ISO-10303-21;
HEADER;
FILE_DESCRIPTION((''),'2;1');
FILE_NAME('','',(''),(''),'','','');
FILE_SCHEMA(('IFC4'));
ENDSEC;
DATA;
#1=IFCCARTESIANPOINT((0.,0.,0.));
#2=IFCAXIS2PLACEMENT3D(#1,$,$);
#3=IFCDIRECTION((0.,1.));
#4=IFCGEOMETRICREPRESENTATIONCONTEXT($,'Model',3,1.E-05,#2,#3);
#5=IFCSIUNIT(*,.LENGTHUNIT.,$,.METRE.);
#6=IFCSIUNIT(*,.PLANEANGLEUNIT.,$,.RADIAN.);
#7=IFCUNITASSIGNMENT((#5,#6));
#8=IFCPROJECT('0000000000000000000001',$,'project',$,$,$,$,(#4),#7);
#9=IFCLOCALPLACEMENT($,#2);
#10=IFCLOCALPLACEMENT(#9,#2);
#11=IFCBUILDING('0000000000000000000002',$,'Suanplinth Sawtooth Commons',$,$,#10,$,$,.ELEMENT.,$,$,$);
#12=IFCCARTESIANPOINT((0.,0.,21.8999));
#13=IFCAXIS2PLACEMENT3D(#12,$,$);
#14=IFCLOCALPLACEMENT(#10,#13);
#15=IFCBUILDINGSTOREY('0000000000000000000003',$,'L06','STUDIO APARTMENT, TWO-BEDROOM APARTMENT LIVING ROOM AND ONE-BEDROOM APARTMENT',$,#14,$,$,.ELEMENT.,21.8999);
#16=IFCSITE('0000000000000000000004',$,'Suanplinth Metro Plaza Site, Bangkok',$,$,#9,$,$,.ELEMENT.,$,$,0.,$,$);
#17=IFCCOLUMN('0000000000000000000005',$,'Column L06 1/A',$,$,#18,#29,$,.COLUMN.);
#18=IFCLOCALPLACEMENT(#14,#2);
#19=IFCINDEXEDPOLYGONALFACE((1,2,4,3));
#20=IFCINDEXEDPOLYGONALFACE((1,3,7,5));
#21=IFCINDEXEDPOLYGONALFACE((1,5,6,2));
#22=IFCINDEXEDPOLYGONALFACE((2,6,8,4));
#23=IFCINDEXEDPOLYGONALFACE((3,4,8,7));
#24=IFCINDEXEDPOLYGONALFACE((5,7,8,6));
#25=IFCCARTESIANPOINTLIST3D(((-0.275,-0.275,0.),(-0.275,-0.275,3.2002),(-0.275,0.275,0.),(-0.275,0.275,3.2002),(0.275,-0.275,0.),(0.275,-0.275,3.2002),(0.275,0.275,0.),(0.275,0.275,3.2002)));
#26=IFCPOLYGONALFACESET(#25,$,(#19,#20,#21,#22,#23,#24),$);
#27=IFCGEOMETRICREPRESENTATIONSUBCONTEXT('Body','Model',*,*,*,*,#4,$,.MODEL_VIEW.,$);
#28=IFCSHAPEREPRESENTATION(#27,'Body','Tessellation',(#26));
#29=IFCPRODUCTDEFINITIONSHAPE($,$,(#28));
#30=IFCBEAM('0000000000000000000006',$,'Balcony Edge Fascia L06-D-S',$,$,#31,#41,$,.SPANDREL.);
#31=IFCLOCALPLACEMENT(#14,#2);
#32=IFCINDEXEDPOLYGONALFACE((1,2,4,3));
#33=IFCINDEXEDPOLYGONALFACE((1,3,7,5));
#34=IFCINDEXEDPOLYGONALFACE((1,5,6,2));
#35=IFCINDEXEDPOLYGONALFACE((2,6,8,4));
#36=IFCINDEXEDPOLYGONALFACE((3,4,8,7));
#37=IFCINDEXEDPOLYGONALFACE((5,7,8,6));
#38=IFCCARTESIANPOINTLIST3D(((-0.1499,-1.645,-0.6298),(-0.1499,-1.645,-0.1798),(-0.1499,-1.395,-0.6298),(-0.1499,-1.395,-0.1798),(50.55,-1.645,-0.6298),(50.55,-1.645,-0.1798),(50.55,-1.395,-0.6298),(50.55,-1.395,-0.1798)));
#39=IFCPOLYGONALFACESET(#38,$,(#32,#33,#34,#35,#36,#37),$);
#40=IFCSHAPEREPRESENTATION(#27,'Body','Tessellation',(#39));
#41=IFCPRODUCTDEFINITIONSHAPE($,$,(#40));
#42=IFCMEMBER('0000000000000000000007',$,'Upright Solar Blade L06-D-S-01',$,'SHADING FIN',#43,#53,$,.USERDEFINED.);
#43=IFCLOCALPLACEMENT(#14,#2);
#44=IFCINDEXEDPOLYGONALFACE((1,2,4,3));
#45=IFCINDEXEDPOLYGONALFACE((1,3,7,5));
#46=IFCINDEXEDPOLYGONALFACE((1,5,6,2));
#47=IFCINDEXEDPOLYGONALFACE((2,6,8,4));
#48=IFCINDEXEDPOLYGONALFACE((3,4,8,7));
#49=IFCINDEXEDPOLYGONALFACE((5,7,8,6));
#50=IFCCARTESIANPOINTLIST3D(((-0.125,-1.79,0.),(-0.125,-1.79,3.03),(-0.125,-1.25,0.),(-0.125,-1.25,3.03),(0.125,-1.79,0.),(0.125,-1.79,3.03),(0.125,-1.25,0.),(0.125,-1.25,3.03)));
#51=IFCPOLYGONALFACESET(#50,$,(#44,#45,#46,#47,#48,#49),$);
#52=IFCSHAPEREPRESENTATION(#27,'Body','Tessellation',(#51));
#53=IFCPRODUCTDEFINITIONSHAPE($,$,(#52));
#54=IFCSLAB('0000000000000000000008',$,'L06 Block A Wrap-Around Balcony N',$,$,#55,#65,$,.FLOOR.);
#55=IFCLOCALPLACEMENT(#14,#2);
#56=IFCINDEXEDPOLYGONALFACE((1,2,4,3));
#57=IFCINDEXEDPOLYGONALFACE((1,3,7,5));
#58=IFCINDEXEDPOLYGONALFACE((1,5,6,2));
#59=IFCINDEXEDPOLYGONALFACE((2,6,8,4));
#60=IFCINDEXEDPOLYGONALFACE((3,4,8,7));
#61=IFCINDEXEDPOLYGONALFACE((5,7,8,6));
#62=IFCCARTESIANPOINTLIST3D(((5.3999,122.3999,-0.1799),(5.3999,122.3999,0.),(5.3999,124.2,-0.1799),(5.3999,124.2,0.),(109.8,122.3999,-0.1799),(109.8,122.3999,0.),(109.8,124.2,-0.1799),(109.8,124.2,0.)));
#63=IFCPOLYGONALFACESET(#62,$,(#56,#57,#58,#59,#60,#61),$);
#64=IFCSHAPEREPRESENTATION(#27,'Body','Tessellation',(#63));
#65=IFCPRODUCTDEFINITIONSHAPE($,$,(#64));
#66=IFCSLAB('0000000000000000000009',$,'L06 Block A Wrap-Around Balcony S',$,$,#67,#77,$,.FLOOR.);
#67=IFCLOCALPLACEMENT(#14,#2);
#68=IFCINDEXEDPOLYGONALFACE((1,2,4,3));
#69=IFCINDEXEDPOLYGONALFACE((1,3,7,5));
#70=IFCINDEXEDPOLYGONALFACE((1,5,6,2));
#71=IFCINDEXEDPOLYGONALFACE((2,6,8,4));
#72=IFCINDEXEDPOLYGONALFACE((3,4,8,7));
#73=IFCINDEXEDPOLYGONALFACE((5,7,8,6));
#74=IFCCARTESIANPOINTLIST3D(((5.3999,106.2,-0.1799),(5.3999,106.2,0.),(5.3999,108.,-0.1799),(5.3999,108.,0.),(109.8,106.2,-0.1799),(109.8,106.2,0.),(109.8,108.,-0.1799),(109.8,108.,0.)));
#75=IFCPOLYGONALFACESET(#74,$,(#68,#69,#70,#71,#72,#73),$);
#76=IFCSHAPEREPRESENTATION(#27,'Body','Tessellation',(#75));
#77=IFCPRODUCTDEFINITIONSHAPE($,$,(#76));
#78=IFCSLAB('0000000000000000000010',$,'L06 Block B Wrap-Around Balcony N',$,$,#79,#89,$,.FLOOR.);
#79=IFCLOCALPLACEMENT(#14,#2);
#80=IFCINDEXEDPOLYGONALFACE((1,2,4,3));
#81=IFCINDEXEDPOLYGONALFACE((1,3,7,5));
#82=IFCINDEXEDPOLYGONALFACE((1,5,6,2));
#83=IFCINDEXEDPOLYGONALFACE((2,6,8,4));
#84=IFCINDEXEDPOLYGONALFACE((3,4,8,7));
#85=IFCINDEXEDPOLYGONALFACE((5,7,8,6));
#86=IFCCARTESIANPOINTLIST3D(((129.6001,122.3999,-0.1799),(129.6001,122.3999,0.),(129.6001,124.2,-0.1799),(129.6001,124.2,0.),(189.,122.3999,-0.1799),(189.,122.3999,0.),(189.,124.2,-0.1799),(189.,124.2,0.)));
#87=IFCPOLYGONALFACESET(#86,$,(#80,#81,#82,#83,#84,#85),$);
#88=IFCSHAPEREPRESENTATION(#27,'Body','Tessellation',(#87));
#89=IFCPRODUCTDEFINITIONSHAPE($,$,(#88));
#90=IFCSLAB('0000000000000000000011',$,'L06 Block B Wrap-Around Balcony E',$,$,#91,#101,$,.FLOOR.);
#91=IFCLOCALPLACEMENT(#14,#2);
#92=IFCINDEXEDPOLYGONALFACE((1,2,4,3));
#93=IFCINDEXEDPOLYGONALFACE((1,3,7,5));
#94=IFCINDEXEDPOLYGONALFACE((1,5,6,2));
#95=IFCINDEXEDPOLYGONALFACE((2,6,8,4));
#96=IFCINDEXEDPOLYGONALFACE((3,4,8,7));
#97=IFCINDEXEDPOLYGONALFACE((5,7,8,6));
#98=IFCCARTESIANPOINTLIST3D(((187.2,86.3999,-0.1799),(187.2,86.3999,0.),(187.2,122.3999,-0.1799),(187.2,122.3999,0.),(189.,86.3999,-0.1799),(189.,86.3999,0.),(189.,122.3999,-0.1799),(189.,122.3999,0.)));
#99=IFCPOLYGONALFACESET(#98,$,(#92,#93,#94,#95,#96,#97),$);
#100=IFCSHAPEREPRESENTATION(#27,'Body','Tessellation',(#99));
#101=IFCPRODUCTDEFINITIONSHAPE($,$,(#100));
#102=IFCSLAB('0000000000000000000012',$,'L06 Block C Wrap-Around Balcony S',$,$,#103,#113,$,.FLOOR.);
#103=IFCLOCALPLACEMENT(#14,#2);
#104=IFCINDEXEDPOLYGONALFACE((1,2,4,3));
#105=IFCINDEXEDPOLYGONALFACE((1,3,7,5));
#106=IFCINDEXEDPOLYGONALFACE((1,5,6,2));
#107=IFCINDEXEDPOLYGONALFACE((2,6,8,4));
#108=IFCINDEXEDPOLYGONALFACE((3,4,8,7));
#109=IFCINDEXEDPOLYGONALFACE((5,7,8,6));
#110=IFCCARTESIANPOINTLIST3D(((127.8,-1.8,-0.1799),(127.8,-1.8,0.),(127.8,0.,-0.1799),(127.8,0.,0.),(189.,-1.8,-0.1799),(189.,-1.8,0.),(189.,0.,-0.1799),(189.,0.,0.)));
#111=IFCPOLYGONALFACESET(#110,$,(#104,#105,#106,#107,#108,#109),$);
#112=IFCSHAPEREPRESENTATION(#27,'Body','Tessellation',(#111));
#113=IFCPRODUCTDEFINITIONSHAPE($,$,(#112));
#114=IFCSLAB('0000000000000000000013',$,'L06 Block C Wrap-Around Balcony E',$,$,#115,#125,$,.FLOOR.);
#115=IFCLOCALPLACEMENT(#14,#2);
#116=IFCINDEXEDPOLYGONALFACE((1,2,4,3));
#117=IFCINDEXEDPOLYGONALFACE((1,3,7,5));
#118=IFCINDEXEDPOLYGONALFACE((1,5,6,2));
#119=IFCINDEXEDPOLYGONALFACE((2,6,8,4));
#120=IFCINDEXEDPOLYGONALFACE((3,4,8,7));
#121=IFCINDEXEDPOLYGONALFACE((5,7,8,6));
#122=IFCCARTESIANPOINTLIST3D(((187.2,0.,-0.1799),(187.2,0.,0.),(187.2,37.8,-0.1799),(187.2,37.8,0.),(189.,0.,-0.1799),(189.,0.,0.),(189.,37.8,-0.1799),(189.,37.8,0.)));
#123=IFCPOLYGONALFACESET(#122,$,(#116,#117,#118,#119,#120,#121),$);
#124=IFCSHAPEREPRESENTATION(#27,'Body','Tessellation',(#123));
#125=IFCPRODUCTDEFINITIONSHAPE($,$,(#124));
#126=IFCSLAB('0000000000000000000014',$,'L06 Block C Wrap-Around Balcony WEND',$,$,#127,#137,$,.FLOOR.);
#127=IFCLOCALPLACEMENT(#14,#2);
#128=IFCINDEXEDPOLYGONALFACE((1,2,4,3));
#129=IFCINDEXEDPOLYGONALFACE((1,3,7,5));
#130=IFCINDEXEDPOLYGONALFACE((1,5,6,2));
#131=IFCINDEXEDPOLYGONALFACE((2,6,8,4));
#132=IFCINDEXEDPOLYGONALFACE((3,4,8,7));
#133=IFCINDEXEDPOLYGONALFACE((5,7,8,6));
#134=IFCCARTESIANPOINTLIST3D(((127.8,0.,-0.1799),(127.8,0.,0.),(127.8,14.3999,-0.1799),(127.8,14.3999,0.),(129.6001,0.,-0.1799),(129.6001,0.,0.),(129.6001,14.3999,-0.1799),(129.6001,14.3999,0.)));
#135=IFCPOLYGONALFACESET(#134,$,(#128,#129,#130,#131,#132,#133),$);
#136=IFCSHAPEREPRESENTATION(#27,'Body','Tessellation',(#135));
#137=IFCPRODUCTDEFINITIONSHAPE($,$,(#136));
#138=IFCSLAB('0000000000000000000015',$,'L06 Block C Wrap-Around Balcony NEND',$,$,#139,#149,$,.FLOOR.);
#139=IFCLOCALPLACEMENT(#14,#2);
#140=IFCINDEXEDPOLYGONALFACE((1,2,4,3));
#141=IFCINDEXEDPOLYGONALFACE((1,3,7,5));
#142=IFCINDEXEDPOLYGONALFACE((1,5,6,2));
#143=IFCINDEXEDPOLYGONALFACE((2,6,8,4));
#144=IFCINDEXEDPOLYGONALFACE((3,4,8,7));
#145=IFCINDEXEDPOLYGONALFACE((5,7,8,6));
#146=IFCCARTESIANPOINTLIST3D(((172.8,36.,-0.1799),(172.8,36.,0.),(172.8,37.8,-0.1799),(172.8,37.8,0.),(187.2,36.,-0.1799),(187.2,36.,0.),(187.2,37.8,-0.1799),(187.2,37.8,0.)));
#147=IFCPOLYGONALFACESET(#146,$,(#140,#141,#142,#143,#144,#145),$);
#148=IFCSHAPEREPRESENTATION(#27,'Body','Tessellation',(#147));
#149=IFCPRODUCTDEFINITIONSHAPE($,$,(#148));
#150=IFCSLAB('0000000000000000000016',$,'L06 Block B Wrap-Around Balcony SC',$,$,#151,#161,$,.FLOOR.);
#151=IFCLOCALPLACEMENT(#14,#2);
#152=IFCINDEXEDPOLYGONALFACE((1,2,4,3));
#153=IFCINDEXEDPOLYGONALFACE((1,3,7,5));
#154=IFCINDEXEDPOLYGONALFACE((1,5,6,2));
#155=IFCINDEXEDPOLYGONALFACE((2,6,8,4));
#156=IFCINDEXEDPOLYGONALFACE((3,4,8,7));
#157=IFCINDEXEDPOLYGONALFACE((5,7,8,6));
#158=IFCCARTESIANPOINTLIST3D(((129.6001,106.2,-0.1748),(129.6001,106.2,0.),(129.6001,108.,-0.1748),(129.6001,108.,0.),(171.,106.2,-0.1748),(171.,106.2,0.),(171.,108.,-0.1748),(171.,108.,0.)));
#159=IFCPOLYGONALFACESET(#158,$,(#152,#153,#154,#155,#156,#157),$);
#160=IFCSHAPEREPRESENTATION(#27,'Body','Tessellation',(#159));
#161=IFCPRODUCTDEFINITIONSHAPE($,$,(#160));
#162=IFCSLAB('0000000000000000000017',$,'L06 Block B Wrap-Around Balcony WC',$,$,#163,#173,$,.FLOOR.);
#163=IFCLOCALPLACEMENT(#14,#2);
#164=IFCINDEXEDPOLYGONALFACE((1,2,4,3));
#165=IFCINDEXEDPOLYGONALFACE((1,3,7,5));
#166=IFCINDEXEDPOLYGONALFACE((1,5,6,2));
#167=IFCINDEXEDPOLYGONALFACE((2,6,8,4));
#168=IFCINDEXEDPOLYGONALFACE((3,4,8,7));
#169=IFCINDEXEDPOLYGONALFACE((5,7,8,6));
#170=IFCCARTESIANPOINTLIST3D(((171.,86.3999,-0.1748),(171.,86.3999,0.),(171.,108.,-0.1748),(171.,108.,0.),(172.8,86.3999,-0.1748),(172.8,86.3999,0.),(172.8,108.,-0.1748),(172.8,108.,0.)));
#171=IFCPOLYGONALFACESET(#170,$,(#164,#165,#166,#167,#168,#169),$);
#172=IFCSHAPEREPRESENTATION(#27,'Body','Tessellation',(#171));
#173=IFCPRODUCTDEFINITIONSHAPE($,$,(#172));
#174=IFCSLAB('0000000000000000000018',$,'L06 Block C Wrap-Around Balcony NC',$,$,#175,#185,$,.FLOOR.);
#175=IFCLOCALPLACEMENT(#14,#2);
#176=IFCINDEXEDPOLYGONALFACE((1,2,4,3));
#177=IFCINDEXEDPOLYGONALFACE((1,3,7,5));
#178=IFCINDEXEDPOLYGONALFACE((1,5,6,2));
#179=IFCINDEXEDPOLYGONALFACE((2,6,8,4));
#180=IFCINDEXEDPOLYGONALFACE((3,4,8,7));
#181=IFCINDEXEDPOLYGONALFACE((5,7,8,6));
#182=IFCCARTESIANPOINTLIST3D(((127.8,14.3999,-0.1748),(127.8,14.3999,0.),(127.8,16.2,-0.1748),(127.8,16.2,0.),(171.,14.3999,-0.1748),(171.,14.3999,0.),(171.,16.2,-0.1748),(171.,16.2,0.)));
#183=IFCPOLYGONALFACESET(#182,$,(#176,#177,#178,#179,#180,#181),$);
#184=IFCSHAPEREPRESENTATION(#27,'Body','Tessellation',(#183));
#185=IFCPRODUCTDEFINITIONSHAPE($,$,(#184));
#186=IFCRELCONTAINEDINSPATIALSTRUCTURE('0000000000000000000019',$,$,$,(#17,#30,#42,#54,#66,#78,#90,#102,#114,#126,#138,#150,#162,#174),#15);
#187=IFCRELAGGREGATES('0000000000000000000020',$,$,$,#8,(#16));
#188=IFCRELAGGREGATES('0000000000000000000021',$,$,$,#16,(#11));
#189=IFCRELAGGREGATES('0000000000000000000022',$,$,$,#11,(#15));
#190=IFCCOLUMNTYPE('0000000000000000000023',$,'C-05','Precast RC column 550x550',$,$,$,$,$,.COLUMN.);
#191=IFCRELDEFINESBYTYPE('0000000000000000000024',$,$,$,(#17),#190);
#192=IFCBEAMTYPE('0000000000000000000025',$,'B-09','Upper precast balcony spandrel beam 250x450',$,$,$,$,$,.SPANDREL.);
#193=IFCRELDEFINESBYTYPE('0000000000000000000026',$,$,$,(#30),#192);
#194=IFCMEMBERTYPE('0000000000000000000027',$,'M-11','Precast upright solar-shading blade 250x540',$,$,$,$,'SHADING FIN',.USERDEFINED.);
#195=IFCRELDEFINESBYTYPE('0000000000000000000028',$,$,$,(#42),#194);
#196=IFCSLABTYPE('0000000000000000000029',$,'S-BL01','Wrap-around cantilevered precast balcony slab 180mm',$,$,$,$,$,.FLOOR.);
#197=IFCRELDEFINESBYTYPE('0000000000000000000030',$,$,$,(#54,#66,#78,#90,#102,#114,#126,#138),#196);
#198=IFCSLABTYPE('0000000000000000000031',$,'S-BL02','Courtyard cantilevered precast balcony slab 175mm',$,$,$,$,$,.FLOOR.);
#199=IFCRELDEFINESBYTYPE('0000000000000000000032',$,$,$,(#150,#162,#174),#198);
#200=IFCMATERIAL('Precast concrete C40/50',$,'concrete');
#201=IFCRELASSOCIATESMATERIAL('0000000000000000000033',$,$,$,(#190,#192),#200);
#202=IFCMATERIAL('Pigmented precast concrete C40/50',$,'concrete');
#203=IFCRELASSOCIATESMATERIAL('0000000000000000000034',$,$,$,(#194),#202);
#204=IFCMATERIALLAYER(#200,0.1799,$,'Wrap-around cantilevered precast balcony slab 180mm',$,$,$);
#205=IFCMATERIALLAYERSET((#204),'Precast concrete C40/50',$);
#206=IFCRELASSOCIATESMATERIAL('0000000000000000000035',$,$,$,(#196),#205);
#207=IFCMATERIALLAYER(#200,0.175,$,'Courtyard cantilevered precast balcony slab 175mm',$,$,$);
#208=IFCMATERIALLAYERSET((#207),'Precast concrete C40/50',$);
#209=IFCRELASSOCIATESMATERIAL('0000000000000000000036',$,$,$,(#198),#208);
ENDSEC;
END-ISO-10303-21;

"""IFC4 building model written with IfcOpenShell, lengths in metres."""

from ifc_helpers import new_model, si_unit, direction, frame, origin, origin_with_axes, origin_2d, place, context, subcontext, project, spatial, polyline, rectangle, outline, extrude, material, layer, layer_set, material_profile, profile_set, type_object, element, save


model = new_model("IFC4")

# Units and contexts
model_context = context("Model", 3, precision=1e-05, world=origin(), true_north=direction((0.0, 1.0)))
body_context = subcontext(model_context, "Body", "Model", "MODEL_VIEW")
ifc_project = project(units=[si_unit("LENGTHUNIT", "METRE"), si_unit("PLANEANGLEUNIT", "RADIAN")], contexts=[model_context])

# Site, building, storey
site_placement = place(None, origin())
site = spatial("IfcSite", under=ifc_project, at=site_placement, Name="Suanplinth Metro Plaza Site, Bangkok", CompositionType="ELEMENT", RefElevation=0.0)
building_placement = place(site_placement, origin())
building = spatial("IfcBuilding", under=site, at=building_placement, Name="Suanplinth Sawtooth Commons", CompositionType="ELEMENT")
storey_placement = place(building_placement, frame((0.0, 0.0, 21.8999)))
storey = spatial("IfcBuildingStorey", under=building, at=storey_placement, Name="L06", Description="STUDIO APARTMENT, TWO-BEDROOM APARTMENT LIVING ROOM AND ONE-BEDROOM APARTMENT", CompositionType="ELEMENT", Elevation=21.8999)

# Column
ifc_material_1 = material(Name="Precast concrete C40/50", Category="concrete")
ifc_material_profile_1 = material_profile(ifc_material_1, rectangle(XDim=0.55, YDim=0.55, at=origin_2d()), Name="PC-COL 550x550")
ifc_profile_set_1 = profile_set([ifc_material_profile_1], Name="Precast concrete C40/50")
column_type = type_object("IfcColumnType", Name="C-05", Description="Precast RC column 550x550", PredefinedType="COLUMN", material=ifc_profile_set_1)
column_placement = place(storey_placement, origin_with_axes())
element("IfcColumn", 1, at=column_placement, inside=storey, type_object=column_type, Name="Column L06 1/A", PredefinedType="COLUMN", context=body_context, shape_type="SweptSolid", body=[
    extrude(rectangle(XDim=0.55, YDim=0.55, at=origin_2d()), origin(), (0.0, 0.0, 1.0), 3.2002),
])

# Beam
ifc_material_profile_2 = material_profile(ifc_material_1, rectangle(XDim=0.25, YDim=0.45, at=origin_2d()), Name="PC-SP 250x450")
ifc_profile_set_2 = profile_set([ifc_material_profile_2], Name="Precast concrete C40/50")
beam_type = type_object("IfcBeamType", Name="B-09", Description="Upper precast balcony spandrel beam 250x450", PredefinedType="SPANDREL", material=ifc_profile_set_2)
beam_placement = place(storey_placement, frame((-0.1499, -1.52, -0.4048), z_axis=(1.0, 0.0, 0.0), x_axis=(0.0, 1.0, 0.0)))
element("IfcBeam", 2, at=beam_placement, inside=storey, type_object=beam_type, Name="Balcony Edge Fascia L06-D-S", PredefinedType="SPANDREL", context=body_context, shape_type="SweptSolid", body=[
    extrude(rectangle(XDim=0.25, YDim=0.45, at=origin_2d()), origin(), (0.0, 0.0, 1.0), 50.7),
])

# Member
ifc_material_2 = material(Name="Pigmented precast concrete C40/50", Category="concrete")
ifc_material_profile_3 = material_profile(ifc_material_2, rectangle(XDim=0.25, YDim=0.54, at=origin_2d()), Name="PC-FIN 250x540")
ifc_profile_set_3 = profile_set([ifc_material_profile_3], Name="Pigmented precast concrete C40/50")
member_type = type_object("IfcMemberType", Name="M-11", Description="Precast upright solar-shading blade 250x540", ElementType="SHADING FIN", PredefinedType="USERDEFINED", material=ifc_profile_set_3)
member_placement = place(storey_placement, frame((0.0, -1.52, 0.0), z_axis=(0.0, 0.0, 1.0), x_axis=(1.0, 0.0, 0.0)))
element("IfcMember", 3, at=member_placement, inside=storey, type_object=member_type, Name="Upright Solar Blade L06-D-S-01", ObjectType="SHADING FIN", PredefinedType="USERDEFINED", context=body_context, shape_type="SweptSolid", body=[
    extrude(rectangle(XDim=0.25, YDim=0.54, at=origin_2d()), origin(), (0.0, 0.0, 1.0), 3.03),
])

# Slabs
ifc_layer_1 = layer(ifc_material_1, 0.1799, Name="Wrap-around cantilevered precast balcony slab 180mm")
ifc_layer_set_1 = layer_set([ifc_layer_1], Name="Precast concrete C40/50")
slab_type_1 = type_object("IfcSlabType", Name="S-BL01", Description="Wrap-around cantilevered precast balcony slab 180mm", PredefinedType="FLOOR", material=ifc_layer_set_1)
slab_1_placement = place(storey_placement, frame((0.0, 0.0, -0.1799)))
element("IfcSlab", 4, at=slab_1_placement, inside=storey, type_object=slab_type_1, Name="L06 Block A Wrap-Around Balcony N", PredefinedType="FLOOR", context=body_context, shape_type="SweptSolid", body=[
    extrude(outline(polyline([(5.3999, 124.2), (109.8, 124.2), (109.8, 122.3999), (5.3999, 122.3999), (5.3999, 124.2)])), origin(), (0.0, 0.0, 1.0), 0.1799),
])
slab_2_placement = place(storey_placement, frame((0.0, 0.0, -0.1799)))
element("IfcSlab", 5, at=slab_2_placement, inside=storey, type_object=slab_type_1, Name="L06 Block A Wrap-Around Balcony S", PredefinedType="FLOOR", context=body_context, shape_type="SweptSolid", body=[
    extrude(outline(polyline([(109.8, 106.2), (5.3999, 106.2), (5.3999, 108.0), (109.8, 108.0), (109.8, 106.2)])), origin(), (0.0, 0.0, 1.0), 0.1799),
])
slab_3_placement = place(storey_placement, frame((0.0, 0.0, -0.1799)))
element("IfcSlab", 6, at=slab_3_placement, inside=storey, type_object=slab_type_1, Name="L06 Block B Wrap-Around Balcony N", PredefinedType="FLOOR", context=body_context, shape_type="SweptSolid", body=[
    extrude(outline(polyline([(129.6001, 124.2), (189.0, 124.2), (189.0, 122.3999), (129.6001, 122.3999), (129.6001, 124.2)])), origin(), (0.0, 0.0, 1.0), 0.1799),
])
slab_4_placement = place(storey_placement, frame((0.0, 0.0, -0.1799)))
element("IfcSlab", 7, at=slab_4_placement, inside=storey, type_object=slab_type_1, Name="L06 Block B Wrap-Around Balcony E", PredefinedType="FLOOR", context=body_context, shape_type="SweptSolid", body=[
    extrude(outline(polyline([(189.0, 122.3999), (189.0, 86.3999), (187.2, 86.3999), (187.2, 122.3999), (189.0, 122.3999)])), origin(), (0.0, 0.0, 1.0), 0.1799),
])
slab_5_placement = place(storey_placement, frame((0.0, 0.0, -0.1799)))
element("IfcSlab", 8, at=slab_5_placement, inside=storey, type_object=slab_type_1, Name="L06 Block C Wrap-Around Balcony S", PredefinedType="FLOOR", context=body_context, shape_type="SweptSolid", body=[
    extrude(outline(polyline([(189.0, 0.0), (189.0, -1.8), (127.8, -1.8), (127.8, 0.0), (189.0, 0.0)])), origin(), (0.0, 0.0, 1.0), 0.1799),
])
slab_6_placement = place(storey_placement, frame((0.0, 0.0, -0.1799)))
element("IfcSlab", 9, at=slab_6_placement, inside=storey, type_object=slab_type_1, Name="L06 Block C Wrap-Around Balcony E", PredefinedType="FLOOR", context=body_context, shape_type="SweptSolid", body=[
    extrude(outline(polyline([(187.2, 37.8), (189.0, 37.8), (189.0, 0.0), (187.2, 0.0), (187.2, 37.8)])), origin(), (0.0, 0.0, 1.0), 0.1799),
])
slab_7_placement = place(storey_placement, frame((0.0, 0.0, -0.1799)))
element("IfcSlab", 10, at=slab_7_placement, inside=storey, type_object=slab_type_1, Name="L06 Block C Wrap-Around Balcony WEND", PredefinedType="FLOOR", context=body_context, shape_type="SweptSolid", body=[
    extrude(outline(polyline([(129.6001, 0.0), (127.8, 0.0), (127.8, 14.3999), (129.6001, 14.3999), (129.6001, 0.0)])), origin(), (0.0, 0.0, 1.0), 0.1799),
])
slab_8_placement = place(storey_placement, frame((0.0, 0.0, -0.1799)))
element("IfcSlab", 11, at=slab_8_placement, inside=storey, type_object=slab_type_1, Name="L06 Block C Wrap-Around Balcony NEND", PredefinedType="FLOOR", context=body_context, shape_type="SweptSolid", body=[
    extrude(outline(polyline([(172.8, 37.8), (187.2, 37.8), (187.2, 36.0), (172.8, 36.0), (172.8, 37.8)])), origin(), (0.0, 0.0, 1.0), 0.1799),
])
ifc_layer_2 = layer(ifc_material_1, 0.175, Name="Courtyard cantilevered precast balcony slab 175mm")
ifc_layer_set_2 = layer_set([ifc_layer_2], Name="Precast concrete C40/50")
slab_type_2 = type_object("IfcSlabType", Name="S-BL02", Description="Courtyard cantilevered precast balcony slab 175mm", PredefinedType="FLOOR", material=ifc_layer_set_2)
slab_9_placement = place(storey_placement, frame((0.0, 0.0, -0.1748)))
element("IfcSlab", 12, at=slab_9_placement, inside=storey, type_object=slab_type_2, Name="L06 Block B Wrap-Around Balcony SC", PredefinedType="FLOOR", context=body_context, shape_type="SweptSolid", body=[
    extrude(outline(polyline([(171.0, 106.2), (129.6001, 106.2), (129.6001, 108.0), (171.0, 108.0), (171.0, 106.2)])), origin(), (0.0, 0.0, 1.0), 0.1748),
])
slab_10_placement = place(storey_placement, frame((0.0, 0.0, -0.1748)))
element("IfcSlab", 13, at=slab_10_placement, inside=storey, type_object=slab_type_2, Name="L06 Block B Wrap-Around Balcony WC", PredefinedType="FLOOR", context=body_context, shape_type="SweptSolid", body=[
    extrude(outline(polyline([(172.8, 86.3999), (171.0, 86.3999), (171.0, 108.0), (172.8, 108.0), (172.8, 86.3999)])), origin(), (0.0, 0.0, 1.0), 0.1748),
])
slab_11_placement = place(storey_placement, frame((0.0, 0.0, -0.1748)))
element("IfcSlab", 14, at=slab_11_placement, inside=storey, type_object=slab_type_2, Name="L06 Block C Wrap-Around Balcony NC", PredefinedType="FLOOR", context=body_context, shape_type="SweptSolid", body=[
    extrude(outline(polyline([(127.8, 14.3999), (127.8, 16.2), (171.0, 16.2), (171.0, 14.3999), (127.8, 14.3999)])), origin(), (0.0, 0.0, 1.0), 0.1748),
])

save(model, "model.ifc")
